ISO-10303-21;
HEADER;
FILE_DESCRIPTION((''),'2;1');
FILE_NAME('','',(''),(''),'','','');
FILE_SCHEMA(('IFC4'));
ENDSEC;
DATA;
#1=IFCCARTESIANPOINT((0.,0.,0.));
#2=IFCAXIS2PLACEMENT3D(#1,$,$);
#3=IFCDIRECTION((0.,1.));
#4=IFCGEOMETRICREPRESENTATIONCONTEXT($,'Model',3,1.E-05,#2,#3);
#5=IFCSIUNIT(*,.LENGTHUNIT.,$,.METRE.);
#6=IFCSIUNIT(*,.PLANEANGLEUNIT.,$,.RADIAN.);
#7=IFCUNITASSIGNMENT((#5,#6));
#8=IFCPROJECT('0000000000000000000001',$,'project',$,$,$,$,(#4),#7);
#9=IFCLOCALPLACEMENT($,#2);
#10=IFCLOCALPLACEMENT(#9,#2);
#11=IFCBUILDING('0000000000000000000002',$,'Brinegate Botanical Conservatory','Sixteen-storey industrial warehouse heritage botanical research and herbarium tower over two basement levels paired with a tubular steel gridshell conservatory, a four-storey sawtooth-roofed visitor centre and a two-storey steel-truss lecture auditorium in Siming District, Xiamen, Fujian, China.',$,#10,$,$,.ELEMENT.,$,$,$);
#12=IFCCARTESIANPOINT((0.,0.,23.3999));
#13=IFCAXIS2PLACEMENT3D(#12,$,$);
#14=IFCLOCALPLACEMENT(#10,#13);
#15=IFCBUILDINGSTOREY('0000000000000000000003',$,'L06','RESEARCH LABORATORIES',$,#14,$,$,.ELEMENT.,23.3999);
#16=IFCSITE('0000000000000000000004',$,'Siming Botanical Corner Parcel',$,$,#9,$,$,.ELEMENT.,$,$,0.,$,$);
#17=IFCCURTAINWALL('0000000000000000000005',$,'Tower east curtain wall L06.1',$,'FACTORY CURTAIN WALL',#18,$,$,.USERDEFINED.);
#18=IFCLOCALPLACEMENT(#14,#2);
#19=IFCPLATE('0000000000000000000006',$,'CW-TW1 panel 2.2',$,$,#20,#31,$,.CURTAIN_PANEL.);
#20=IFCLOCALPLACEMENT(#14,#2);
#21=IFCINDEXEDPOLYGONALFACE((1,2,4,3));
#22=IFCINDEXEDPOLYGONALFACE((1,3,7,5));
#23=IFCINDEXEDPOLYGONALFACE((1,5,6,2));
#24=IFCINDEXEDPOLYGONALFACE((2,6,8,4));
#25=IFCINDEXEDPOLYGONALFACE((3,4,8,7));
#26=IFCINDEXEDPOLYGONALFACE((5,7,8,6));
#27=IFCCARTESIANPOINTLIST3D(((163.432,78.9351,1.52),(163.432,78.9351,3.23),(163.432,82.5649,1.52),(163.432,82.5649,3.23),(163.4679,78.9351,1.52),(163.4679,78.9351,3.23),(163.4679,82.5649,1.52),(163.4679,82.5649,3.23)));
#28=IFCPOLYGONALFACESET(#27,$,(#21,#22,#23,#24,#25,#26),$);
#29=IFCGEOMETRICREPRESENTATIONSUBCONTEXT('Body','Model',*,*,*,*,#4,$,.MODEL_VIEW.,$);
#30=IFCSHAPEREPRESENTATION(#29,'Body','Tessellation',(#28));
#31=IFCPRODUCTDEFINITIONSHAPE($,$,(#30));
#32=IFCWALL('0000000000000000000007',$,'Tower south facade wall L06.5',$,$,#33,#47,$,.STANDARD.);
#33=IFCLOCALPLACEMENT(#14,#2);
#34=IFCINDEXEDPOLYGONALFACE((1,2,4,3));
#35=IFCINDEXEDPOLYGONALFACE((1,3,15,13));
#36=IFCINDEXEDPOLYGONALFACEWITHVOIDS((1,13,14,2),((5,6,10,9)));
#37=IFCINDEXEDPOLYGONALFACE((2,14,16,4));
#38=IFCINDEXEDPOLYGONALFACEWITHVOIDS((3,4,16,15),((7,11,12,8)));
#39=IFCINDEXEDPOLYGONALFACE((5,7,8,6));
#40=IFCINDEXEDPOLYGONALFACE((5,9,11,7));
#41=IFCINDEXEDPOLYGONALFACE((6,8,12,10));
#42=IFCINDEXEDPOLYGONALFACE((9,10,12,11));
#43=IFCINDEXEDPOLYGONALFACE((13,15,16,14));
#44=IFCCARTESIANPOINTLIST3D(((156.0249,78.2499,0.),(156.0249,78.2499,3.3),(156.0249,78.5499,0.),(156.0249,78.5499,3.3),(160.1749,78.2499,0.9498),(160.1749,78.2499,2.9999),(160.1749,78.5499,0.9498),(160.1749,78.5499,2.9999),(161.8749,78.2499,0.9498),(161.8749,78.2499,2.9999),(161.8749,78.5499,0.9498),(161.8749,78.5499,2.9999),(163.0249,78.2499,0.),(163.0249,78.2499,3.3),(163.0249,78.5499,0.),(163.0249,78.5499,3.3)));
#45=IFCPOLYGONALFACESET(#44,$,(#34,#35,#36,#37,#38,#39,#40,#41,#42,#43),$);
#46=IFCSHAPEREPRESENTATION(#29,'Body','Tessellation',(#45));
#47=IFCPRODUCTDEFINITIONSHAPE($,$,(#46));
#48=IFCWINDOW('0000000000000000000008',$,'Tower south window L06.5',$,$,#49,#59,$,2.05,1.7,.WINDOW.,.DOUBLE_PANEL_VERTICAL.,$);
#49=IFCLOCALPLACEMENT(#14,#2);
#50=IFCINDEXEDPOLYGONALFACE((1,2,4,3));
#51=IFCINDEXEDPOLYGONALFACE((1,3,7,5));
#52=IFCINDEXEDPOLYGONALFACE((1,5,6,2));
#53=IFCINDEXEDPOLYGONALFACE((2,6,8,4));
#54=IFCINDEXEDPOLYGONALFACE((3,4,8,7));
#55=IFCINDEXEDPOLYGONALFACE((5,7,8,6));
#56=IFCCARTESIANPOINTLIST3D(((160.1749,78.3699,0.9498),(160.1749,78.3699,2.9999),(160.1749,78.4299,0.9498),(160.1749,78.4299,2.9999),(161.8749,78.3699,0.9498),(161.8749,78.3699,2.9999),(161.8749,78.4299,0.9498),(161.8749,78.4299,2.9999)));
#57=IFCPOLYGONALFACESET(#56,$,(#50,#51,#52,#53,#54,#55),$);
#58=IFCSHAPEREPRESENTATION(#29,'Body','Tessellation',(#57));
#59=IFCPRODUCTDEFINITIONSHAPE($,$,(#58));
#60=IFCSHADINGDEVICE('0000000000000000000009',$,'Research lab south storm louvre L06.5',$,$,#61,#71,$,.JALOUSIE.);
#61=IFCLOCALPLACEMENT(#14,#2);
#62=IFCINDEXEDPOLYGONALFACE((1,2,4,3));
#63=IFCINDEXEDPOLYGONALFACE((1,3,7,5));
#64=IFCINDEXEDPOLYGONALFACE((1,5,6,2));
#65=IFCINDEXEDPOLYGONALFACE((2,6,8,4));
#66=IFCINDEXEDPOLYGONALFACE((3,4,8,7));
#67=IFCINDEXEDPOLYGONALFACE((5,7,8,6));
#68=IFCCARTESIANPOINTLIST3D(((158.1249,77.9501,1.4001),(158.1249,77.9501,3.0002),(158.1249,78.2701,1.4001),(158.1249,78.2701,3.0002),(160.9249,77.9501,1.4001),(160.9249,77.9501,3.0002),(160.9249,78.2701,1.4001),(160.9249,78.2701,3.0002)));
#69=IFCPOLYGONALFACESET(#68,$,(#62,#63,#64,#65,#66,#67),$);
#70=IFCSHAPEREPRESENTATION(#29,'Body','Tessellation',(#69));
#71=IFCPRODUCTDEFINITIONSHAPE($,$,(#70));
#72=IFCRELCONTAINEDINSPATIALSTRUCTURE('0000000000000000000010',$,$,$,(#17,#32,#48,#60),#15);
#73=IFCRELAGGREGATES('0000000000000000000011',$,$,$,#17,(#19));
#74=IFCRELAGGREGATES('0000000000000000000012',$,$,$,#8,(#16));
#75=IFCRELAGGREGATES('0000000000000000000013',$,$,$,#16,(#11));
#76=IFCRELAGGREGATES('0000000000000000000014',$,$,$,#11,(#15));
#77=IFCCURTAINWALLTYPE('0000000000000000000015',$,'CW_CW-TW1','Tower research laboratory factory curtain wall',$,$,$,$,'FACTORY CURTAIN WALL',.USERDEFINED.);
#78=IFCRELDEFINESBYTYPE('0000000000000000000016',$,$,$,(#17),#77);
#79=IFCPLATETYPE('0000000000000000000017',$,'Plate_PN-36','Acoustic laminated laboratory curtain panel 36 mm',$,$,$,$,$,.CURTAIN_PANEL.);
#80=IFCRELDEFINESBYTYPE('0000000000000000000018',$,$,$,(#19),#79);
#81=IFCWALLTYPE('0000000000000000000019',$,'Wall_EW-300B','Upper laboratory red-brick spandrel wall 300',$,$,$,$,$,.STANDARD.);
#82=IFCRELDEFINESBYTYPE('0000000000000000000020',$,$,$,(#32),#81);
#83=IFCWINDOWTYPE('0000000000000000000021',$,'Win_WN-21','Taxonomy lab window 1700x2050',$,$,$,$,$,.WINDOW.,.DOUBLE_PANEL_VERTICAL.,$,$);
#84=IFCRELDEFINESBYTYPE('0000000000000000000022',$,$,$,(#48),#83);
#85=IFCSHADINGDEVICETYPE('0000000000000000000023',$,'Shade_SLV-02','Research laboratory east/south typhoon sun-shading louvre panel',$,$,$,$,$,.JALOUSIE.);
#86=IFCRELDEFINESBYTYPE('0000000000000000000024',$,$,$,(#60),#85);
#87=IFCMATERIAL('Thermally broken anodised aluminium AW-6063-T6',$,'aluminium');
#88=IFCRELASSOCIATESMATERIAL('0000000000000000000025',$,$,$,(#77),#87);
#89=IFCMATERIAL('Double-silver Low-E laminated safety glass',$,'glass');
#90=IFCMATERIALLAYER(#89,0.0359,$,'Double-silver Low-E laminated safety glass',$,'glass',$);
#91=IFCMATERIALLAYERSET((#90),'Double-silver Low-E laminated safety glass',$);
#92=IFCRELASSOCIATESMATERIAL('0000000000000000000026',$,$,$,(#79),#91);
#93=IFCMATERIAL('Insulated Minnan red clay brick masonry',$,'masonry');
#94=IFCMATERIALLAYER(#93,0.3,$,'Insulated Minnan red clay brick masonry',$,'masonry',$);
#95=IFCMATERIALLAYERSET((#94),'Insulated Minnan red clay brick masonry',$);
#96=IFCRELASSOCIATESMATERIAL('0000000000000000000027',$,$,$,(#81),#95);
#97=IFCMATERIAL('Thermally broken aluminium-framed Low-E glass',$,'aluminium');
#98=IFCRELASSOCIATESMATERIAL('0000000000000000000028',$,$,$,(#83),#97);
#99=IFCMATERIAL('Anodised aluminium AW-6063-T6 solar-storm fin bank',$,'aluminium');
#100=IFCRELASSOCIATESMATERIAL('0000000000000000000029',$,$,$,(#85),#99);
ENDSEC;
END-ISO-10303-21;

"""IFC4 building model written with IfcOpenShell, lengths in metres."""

from ifc_helpers import new_model, si_unit, direction, frame, frame_2d, origin, origin_2d, place, context, subcontext, project, spatial, rectangle, extrude, material, layer, layer_set, type_object, element, fill, aggregate, save


model = new_model("IFC4")

# Units and contexts
model_context = context("Model", 3, precision=1e-05, world=origin(), true_north=direction((0.0, 1.0)))
body_context = subcontext(model_context, "Body", "Model", "MODEL_VIEW")
ifc_project = project(units=[si_unit("LENGTHUNIT", "METRE"), si_unit("PLANEANGLEUNIT", "RADIAN")], contexts=[model_context])

# Site, building, storey
site_placement = place(None, origin())
site = spatial("IfcSite", under=ifc_project, at=site_placement, Name="Siming Botanical Corner Parcel", CompositionType="ELEMENT", RefElevation=0.0)
building_placement = place(site_placement, origin())
building = spatial("IfcBuilding", under=site, at=building_placement, Name="Brinegate Botanical Conservatory", Description="Sixteen-storey industrial warehouse heritage botanical research and herbarium tower over two basement levels paired with a tubular steel gridshell conservatory, a four-storey sawtooth-roofed visitor centre and a two-storey steel-truss lecture auditorium in Siming District, Xiamen, Fujian, China.", CompositionType="ELEMENT")
storey_placement = place(building_placement, frame((0.0, 0.0, 23.3999)))
storey = spatial("IfcBuildingStorey", under=building, at=storey_placement, Name="L06", Description="RESEARCH LABORATORIES", CompositionType="ELEMENT", Elevation=23.3999)

# Curtain wall, plate
ifc_material_1 = material(Name="Thermally broken anodised aluminium AW-6063-T6", Category="aluminium")
curtain_wall_type = type_object("IfcCurtainWallType", Name="CW_CW-TW1", Description="Tower research laboratory factory curtain wall", ElementType="FACTORY CURTAIN WALL", PredefinedType="USERDEFINED", material=ifc_material_1)
curtain_wall_placement = place(storey_placement, origin())
curtain_wall = element("IfcCurtainWall", 1, at=curtain_wall_placement, inside=storey, type_object=curtain_wall_type, Name="Tower east curtain wall L06.1", ObjectType="FACTORY CURTAIN WALL", PredefinedType="USERDEFINED")
ifc_material_2 = material(Name="Double-silver Low-E laminated safety glass", Category="glass")
ifc_layer_1 = layer(ifc_material_2, 0.0359, Name="Double-silver Low-E laminated safety glass", Category="glass")
ifc_layer_set_1 = layer_set([ifc_layer_1], Name="Double-silver Low-E laminated safety glass")
plate_type = type_object("IfcPlateType", Name="Plate_PN-36", Description="Acoustic laminated laboratory curtain panel 36 mm", PredefinedType="CURTAIN_PANEL", material=ifc_layer_set_1)
plate_1_placement = place(storey_placement, frame((163.45, 80.75, 1.52), z_axis=(0.0, 0.0, 1.0), x_axis=(0.0, -1.0, 0.0)))
plate_1 = element("IfcPlate", 2, at=plate_1_placement, type_object=plate_type, Name="CW-TW1 panel 2.2", PredefinedType="CURTAIN_PANEL", context=body_context, shape_type="SweptSolid", body=[
    extrude(rectangle(XDim=3.6299, YDim=0.0359, at=origin_2d()), origin(), (0.0, 0.0, 1.0), 1.71),
])
aggregate(curtain_wall, [plate_1])

# Wall, opening, window
ifc_material_3 = material(Name="Insulated Minnan red clay brick masonry", Category="masonry")
ifc_layer_2 = layer(ifc_material_3, 0.3, Name="Insulated Minnan red clay brick masonry", Category="masonry")
ifc_layer_set_2 = layer_set([ifc_layer_2], Name="Insulated Minnan red clay brick masonry")
wall_type = type_object("IfcWallType", Name="Wall_EW-300B", Description="Upper laboratory red-brick spandrel wall 300", PredefinedType="STANDARD", material=ifc_layer_set_2)
wall_placement = place(storey_placement, frame((163.0249, 78.3999, 0.0), z_axis=(0.0, 0.0, 1.0), x_axis=(-1.0, 0.0, 0.0)))
wall = element("IfcWall", 3, at=wall_placement, inside=storey, type_object=wall_type, Name="Tower south facade wall L06.5", PredefinedType="STANDARD", context=body_context, shape_type="SweptSolid", body=[
    extrude(rectangle(XDim=7.0, YDim=0.3, at=frame_2d((3.5, 0.0))), origin(), (0.0, 0.0, 1.0), 3.3),
])
opening_placement = place(wall_placement, frame((1.1499, 0.0, 0.95)))
opening = element("IfcOpeningElement", 4, at=opening_placement, cuts=wall, PredefinedType="OPENING", context=body_context, shape_type="SweptSolid", body=[
    extrude(rectangle(XDim=1.7, YDim=2.05, at=frame_2d((0.8501, 1.0249))), frame((0.0, 0.1599, 0.0), z_axis=(0.0, -1.0, 0.0), x_axis=(1.0, 0.0, 0.0)), (0.0, 0.0, 1.0), 0.3201),
])
ifc_material_4 = material(Name="Thermally broken aluminium-framed Low-E glass", Category="aluminium")
window_type = type_object("IfcWindowType", Name="Win_WN-21", Description="Taxonomy lab window 1700x2050", PartitioningType="DOUBLE_PANEL_VERTICAL", PredefinedType="WINDOW", material=ifc_material_4)
window_placement = place(opening_placement, origin())
window = element("IfcWindow", 5, at=window_placement, inside=storey, type_object=window_type, Name="Tower south window L06.5", OverallHeight=2.05, OverallWidth=1.7, PartitioningType="DOUBLE_PANEL_VERTICAL", PredefinedType="WINDOW", context=body_context, shape_type="SweptSolid", body=[
    extrude(rectangle(XDim=1.7, YDim=2.05, at=frame_2d((0.8501, 1.0249))), frame((0.0, 0.03, 0.0), z_axis=(0.0, -1.0, 0.0), x_axis=(1.0, 0.0, 0.0)), (0.0, 0.0, 1.0), 0.0601),
])
fill(opening, window)

# Shading device
ifc_material_5 = material(Name="Anodised aluminium AW-6063-T6 solar-storm fin bank", Category="aluminium")
shading_device_type = type_object("IfcShadingDeviceType", Name="Shade_SLV-02", Description="Research laboratory east/south typhoon sun-shading louvre panel", PredefinedType="JALOUSIE", material=ifc_material_5)
shading_device_placement = place(storey_placement, frame((159.5249, 78.1101, 1.4001), z_axis=(0.0, 0.0, 1.0), x_axis=(1.0, 0.0, 0.0)))
element("IfcShadingDevice", 6, at=shading_device_placement, inside=storey, type_object=shading_device_type, Name="Research lab south storm louvre L06.5", PredefinedType="JALOUSIE", context=body_context, shape_type="SweptSolid", body=[
    extrude(rectangle(XDim=2.8, YDim=0.3201, at=origin_2d()), origin(), (0.0, 0.0, 1.0), 1.6001),
])

save(model, "model.ifc")
